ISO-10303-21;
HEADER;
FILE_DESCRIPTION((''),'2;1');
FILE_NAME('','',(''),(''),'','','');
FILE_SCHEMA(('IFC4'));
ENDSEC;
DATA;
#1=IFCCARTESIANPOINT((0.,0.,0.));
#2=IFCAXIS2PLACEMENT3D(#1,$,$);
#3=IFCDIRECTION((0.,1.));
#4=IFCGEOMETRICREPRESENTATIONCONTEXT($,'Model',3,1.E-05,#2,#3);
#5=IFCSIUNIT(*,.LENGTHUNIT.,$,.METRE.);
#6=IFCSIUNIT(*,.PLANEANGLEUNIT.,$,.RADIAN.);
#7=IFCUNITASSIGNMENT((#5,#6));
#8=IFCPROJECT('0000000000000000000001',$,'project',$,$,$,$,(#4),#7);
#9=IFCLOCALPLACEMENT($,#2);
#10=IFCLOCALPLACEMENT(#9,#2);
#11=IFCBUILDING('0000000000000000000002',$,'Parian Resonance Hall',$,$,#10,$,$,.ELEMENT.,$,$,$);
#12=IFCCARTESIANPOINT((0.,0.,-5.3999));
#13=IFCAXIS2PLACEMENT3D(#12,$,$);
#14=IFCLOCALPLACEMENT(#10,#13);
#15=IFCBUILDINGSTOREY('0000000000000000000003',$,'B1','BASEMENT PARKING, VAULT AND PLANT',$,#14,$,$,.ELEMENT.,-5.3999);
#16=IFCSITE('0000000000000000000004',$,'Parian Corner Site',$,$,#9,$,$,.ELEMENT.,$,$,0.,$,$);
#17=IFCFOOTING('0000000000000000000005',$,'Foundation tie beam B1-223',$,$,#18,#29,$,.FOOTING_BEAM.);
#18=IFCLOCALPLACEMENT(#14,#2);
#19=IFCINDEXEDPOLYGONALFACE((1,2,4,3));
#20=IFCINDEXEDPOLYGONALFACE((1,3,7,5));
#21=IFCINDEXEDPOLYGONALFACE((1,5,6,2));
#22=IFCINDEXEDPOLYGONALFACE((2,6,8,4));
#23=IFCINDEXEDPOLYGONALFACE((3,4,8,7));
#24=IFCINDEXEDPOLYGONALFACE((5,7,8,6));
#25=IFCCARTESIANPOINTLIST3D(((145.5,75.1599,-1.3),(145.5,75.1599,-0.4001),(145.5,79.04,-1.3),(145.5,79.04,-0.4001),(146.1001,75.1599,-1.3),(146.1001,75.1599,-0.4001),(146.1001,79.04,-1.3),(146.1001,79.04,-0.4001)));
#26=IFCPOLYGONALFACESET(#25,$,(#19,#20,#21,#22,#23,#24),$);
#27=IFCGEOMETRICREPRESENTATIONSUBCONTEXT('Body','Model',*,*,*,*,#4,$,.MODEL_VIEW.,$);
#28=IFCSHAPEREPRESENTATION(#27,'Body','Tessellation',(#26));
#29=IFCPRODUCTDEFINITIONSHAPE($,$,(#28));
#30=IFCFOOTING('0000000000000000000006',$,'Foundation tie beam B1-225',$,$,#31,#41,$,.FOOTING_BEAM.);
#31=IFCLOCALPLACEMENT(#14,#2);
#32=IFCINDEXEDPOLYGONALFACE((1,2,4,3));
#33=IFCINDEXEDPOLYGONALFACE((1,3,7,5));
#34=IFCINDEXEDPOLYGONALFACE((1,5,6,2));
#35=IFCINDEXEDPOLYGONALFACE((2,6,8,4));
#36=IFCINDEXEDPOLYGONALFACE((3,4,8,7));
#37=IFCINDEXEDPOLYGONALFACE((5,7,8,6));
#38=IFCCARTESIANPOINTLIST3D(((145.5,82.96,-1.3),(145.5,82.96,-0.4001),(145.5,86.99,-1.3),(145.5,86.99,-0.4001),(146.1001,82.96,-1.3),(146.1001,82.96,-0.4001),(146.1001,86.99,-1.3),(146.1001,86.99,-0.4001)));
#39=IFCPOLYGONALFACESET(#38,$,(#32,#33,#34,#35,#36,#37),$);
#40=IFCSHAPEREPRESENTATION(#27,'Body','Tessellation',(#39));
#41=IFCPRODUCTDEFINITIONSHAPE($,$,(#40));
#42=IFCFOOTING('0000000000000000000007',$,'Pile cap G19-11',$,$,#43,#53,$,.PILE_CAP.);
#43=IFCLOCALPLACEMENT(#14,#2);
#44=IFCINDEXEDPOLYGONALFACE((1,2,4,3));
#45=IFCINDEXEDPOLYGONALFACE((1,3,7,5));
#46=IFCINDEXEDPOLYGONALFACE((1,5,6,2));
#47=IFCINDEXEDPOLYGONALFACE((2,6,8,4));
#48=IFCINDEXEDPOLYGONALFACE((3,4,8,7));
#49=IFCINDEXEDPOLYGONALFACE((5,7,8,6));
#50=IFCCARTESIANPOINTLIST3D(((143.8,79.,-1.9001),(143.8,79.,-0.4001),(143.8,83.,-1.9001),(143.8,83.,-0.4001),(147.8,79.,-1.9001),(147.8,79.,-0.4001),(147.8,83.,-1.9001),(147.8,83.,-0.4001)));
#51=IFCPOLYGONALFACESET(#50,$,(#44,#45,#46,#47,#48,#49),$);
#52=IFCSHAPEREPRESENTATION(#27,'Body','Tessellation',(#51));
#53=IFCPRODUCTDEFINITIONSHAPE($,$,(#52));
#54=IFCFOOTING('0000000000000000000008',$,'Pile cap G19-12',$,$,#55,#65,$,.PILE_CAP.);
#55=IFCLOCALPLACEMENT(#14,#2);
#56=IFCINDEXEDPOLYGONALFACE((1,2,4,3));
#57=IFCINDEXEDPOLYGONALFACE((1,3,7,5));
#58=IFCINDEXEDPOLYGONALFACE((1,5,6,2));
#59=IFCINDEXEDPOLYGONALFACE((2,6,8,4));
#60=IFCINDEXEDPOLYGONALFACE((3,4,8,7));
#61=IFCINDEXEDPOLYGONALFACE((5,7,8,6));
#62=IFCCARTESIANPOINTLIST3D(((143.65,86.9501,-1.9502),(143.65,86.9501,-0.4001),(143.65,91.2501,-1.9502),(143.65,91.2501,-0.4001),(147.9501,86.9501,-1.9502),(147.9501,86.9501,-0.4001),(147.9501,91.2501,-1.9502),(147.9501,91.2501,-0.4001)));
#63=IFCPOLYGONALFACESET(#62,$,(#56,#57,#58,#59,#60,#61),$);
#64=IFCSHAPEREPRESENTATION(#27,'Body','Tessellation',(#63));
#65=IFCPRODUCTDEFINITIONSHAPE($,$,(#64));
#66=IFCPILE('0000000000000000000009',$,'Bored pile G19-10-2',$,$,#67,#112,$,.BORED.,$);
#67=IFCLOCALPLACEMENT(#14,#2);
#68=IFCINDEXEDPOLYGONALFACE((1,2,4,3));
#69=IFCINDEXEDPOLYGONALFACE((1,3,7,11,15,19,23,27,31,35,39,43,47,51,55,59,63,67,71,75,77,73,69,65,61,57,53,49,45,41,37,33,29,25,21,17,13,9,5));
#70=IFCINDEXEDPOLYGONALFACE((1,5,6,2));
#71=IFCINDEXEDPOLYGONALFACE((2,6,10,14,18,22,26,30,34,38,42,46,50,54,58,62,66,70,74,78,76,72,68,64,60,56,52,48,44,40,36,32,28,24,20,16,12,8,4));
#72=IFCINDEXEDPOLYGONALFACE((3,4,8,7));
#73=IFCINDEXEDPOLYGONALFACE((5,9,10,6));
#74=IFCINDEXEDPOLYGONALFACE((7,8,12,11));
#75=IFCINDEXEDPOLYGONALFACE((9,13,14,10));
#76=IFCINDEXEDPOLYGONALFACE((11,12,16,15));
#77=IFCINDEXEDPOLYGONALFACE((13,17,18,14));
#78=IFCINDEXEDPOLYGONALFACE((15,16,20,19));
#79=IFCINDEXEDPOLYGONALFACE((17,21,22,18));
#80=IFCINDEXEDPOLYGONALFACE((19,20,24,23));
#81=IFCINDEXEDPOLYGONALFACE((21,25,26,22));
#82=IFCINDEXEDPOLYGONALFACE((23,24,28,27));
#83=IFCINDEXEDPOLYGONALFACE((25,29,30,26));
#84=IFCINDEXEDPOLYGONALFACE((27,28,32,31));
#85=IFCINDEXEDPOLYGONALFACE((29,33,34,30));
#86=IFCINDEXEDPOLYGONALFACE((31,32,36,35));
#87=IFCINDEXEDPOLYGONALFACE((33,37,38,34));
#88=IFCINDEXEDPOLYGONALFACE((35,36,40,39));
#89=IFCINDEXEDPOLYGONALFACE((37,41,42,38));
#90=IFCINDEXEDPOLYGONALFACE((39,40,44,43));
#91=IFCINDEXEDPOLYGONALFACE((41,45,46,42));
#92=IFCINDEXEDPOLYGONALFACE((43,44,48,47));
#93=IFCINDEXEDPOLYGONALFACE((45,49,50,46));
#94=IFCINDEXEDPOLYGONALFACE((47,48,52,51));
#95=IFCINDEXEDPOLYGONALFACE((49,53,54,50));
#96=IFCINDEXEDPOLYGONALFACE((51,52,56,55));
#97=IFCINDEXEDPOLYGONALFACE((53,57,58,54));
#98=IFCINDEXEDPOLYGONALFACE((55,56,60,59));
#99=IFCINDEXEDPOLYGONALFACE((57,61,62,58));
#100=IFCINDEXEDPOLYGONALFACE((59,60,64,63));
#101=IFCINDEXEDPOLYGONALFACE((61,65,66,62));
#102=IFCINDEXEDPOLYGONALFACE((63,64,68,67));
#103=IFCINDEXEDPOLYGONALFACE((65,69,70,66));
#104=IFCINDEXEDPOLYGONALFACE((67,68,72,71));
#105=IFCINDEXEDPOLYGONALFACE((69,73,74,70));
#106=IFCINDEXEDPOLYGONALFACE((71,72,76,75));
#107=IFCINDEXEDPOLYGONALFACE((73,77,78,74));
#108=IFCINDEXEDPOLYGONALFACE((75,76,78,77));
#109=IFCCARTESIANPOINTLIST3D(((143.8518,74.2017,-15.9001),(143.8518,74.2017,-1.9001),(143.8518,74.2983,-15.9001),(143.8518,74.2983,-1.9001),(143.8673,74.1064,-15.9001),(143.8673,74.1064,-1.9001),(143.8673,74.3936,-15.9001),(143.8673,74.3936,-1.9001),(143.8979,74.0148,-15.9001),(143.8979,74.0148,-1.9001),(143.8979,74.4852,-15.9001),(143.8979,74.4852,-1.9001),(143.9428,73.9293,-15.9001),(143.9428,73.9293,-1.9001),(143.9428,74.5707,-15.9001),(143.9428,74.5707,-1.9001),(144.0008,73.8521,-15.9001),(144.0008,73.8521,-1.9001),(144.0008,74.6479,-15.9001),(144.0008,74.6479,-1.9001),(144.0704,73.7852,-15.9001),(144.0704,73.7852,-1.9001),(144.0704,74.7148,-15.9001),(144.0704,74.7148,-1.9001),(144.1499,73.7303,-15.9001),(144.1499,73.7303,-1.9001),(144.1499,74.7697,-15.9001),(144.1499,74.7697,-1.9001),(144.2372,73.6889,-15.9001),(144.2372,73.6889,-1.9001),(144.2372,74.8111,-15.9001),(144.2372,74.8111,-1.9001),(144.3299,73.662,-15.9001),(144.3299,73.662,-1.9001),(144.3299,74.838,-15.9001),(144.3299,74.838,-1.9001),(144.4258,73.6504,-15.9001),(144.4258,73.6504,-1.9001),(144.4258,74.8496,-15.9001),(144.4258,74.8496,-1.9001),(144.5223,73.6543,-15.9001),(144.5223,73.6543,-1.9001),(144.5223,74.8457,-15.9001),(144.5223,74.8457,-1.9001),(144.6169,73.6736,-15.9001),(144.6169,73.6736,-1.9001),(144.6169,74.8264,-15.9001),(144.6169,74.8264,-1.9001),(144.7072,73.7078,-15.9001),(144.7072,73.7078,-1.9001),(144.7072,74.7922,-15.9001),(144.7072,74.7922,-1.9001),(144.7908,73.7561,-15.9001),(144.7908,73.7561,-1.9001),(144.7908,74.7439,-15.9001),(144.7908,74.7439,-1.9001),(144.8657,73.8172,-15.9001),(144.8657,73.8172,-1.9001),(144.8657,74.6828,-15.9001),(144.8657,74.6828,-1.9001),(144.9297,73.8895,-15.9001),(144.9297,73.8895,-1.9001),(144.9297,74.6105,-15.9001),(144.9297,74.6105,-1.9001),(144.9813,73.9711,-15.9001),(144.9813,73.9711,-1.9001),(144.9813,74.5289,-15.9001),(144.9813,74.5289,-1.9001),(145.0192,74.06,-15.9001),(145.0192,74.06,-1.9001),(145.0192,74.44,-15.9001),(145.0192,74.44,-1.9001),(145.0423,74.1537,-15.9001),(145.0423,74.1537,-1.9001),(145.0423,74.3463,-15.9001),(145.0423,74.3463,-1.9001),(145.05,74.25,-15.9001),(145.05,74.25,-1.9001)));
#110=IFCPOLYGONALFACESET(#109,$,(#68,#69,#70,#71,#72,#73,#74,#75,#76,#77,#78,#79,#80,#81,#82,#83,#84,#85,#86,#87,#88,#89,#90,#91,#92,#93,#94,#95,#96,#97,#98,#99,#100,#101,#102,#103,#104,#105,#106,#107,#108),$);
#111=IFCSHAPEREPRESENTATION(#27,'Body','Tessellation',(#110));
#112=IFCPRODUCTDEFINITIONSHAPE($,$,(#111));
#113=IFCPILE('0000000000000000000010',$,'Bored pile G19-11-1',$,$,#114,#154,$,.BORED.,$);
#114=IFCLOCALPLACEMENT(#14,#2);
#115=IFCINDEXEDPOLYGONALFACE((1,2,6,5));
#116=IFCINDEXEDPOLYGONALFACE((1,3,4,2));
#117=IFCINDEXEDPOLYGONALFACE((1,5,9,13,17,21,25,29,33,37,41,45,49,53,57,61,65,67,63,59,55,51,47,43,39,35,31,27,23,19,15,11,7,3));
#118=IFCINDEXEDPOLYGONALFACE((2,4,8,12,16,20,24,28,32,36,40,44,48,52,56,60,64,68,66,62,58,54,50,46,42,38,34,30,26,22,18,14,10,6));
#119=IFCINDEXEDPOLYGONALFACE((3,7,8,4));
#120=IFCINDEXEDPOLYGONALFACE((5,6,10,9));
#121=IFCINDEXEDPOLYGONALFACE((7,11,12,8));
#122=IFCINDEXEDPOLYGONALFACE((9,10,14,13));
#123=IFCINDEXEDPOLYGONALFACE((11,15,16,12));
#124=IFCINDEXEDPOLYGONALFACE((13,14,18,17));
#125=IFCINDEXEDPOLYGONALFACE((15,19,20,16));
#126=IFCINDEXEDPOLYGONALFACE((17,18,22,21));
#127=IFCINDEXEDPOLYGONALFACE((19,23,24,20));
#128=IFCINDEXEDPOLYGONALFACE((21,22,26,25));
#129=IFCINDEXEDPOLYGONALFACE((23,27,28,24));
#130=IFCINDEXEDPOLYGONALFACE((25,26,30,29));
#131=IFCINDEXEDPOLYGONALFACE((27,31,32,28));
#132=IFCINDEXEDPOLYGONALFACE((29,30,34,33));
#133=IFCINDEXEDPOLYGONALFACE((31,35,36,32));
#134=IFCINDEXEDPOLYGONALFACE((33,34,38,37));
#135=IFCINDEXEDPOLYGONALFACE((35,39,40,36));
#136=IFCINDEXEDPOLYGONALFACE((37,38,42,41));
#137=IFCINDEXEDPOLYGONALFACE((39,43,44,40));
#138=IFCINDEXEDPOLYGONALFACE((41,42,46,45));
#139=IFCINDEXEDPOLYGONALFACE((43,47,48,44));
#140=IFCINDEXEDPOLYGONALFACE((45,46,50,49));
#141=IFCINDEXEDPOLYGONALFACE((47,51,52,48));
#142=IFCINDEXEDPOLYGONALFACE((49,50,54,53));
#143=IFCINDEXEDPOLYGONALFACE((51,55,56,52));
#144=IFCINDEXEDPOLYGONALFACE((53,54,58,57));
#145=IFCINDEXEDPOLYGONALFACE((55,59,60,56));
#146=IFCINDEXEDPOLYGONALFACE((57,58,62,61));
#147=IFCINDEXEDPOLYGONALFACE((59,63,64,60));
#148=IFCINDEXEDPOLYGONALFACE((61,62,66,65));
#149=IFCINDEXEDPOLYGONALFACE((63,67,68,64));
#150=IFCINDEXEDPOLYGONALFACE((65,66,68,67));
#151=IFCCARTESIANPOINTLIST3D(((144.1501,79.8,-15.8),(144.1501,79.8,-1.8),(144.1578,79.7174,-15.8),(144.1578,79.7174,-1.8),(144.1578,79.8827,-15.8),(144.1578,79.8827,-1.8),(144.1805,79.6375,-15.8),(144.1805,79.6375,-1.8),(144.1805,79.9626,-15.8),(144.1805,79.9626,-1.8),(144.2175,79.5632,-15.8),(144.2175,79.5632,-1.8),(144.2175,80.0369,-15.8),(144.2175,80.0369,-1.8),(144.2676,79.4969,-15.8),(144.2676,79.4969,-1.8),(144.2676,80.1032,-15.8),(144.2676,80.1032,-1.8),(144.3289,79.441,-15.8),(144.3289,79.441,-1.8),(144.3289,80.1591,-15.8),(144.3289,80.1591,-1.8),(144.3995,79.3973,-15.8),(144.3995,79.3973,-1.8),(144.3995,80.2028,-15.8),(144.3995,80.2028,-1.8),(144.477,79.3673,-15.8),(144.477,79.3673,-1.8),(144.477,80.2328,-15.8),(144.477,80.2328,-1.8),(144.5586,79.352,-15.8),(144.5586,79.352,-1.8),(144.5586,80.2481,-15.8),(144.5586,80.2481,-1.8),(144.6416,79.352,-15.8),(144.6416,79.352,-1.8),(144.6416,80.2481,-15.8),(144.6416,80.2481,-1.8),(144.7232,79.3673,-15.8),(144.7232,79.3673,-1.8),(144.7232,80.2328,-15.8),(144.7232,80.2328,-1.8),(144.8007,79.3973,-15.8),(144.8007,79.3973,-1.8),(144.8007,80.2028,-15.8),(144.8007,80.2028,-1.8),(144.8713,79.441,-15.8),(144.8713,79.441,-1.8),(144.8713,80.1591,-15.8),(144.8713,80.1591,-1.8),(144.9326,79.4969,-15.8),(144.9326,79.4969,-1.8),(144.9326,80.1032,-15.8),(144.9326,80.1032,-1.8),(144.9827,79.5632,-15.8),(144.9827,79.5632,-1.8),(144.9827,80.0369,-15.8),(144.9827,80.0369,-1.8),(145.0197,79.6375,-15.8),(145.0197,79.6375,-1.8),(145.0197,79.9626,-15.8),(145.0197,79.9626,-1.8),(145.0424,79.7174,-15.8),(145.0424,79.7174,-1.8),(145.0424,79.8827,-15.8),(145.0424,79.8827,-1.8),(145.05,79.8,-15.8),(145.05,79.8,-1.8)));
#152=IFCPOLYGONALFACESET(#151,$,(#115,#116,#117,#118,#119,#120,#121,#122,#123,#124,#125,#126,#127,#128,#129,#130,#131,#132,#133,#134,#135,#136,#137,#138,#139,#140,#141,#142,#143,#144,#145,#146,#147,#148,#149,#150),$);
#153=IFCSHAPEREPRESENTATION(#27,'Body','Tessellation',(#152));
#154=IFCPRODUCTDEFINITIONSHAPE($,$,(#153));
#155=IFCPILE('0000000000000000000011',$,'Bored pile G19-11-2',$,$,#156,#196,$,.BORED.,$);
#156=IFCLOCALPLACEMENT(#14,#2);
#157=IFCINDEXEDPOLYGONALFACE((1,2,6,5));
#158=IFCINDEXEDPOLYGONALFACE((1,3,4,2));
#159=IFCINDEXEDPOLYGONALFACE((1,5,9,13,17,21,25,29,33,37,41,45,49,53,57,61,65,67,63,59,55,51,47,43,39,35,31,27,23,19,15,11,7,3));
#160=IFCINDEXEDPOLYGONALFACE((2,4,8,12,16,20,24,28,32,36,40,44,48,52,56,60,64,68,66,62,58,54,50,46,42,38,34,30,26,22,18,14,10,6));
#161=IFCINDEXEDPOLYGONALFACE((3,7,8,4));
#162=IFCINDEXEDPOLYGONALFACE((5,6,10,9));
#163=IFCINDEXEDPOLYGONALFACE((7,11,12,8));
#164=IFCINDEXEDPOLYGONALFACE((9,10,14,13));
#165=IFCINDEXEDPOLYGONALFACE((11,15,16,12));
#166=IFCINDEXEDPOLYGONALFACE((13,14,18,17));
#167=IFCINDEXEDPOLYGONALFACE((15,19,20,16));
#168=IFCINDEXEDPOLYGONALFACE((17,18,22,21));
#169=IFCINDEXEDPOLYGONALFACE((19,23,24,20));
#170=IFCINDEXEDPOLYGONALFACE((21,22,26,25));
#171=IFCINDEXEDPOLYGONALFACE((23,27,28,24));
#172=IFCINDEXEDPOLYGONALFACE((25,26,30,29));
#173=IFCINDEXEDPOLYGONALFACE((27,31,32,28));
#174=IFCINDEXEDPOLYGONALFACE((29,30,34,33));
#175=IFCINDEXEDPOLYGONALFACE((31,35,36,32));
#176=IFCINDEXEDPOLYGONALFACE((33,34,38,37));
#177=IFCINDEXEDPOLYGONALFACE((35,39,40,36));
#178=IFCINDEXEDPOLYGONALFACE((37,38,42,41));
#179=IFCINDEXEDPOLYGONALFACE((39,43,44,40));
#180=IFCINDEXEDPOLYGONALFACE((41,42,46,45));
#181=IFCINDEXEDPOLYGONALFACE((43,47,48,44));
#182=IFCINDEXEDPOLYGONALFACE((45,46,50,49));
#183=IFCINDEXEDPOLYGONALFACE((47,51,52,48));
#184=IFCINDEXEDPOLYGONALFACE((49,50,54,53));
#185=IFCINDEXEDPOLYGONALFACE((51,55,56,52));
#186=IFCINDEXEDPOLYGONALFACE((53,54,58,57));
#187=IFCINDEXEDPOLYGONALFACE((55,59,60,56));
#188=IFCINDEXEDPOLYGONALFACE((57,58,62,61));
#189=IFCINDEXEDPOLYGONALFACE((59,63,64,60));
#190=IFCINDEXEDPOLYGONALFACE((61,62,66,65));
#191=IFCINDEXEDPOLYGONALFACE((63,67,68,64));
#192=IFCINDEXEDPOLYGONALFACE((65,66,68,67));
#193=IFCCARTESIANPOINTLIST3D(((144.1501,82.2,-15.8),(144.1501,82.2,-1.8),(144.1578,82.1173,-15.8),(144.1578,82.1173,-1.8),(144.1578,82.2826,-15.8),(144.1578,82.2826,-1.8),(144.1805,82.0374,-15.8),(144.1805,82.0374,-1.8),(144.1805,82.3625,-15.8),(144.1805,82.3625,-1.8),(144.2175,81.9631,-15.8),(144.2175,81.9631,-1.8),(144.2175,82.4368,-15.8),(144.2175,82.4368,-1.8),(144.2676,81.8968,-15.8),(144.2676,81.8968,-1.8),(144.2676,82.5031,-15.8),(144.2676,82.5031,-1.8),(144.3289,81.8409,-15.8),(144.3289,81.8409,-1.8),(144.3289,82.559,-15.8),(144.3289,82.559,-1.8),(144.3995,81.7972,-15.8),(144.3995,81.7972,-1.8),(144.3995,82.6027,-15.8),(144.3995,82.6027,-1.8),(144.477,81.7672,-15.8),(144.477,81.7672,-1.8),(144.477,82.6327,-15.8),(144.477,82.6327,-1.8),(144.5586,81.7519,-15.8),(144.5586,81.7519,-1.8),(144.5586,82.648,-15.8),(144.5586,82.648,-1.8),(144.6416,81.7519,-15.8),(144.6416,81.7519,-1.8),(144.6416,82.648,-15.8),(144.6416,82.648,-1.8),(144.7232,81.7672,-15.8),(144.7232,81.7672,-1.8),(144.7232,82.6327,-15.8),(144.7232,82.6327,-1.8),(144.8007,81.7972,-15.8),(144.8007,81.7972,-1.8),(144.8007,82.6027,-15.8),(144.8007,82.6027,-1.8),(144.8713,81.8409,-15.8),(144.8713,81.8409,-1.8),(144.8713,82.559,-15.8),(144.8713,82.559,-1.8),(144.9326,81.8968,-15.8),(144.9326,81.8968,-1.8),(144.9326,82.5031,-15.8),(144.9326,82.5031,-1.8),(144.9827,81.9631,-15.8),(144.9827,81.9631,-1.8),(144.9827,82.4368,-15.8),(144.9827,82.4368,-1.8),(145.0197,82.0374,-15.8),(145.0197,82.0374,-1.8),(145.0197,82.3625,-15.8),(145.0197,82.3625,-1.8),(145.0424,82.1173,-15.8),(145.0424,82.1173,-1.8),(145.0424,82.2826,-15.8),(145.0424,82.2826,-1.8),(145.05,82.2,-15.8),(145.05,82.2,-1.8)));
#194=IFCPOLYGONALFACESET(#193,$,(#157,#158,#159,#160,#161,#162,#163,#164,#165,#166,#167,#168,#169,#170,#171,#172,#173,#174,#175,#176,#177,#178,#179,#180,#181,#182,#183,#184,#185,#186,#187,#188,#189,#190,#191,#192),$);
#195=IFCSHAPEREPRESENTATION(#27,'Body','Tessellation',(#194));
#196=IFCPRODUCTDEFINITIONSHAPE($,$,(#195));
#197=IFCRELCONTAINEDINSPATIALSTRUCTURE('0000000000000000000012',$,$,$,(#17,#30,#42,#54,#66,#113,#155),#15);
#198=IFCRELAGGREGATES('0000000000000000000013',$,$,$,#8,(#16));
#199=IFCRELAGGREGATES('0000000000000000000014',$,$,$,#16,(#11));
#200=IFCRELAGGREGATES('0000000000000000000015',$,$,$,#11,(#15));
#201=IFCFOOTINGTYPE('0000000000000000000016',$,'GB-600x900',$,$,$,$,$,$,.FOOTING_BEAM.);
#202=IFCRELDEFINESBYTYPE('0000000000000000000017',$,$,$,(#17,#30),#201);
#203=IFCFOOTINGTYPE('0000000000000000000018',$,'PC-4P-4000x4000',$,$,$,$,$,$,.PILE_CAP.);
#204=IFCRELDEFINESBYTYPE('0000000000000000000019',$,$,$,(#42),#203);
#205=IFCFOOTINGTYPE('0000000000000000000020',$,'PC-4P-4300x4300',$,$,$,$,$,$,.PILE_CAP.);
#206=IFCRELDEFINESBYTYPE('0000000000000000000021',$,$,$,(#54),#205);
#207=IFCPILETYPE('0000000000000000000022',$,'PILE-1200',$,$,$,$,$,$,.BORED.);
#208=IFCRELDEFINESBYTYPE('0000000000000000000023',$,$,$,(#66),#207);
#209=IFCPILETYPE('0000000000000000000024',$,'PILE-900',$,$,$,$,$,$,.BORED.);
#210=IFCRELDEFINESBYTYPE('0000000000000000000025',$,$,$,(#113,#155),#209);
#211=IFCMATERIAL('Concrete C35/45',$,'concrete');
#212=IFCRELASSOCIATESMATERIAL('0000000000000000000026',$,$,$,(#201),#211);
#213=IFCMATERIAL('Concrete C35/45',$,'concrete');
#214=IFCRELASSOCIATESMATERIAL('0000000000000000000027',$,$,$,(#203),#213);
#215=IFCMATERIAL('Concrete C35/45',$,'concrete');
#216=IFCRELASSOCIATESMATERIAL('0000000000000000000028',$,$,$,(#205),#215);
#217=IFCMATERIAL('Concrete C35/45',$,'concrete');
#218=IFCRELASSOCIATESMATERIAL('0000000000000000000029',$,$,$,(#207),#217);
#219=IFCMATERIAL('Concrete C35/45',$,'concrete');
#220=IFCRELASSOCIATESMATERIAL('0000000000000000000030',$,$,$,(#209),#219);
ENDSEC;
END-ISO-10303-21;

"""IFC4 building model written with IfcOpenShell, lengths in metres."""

from ifc_helpers import new_model, si_unit, direction, frame, origin, origin_2d, place, context, subcontext, project, spatial, rectangle, circle, extrude, material, material_profile, profile_set, type_object, element, save


model = new_model("IFC4")

# Units and contexts
model_context = context("Model", 3, precision=1e-05, world=origin(), true_north=direction((0.0, 1.0)))
body_context = subcontext(model_context, "Body", "Model", "MODEL_VIEW")
ifc_project = project(units=[si_unit("LENGTHUNIT", "METRE"), si_unit("PLANEANGLEUNIT", "RADIAN")], contexts=[model_context])

# Site, building, storey
site_placement = place(None, origin())
site = spatial("IfcSite", under=ifc_project, at=site_placement, Name="Parian Corner Site", CompositionType="ELEMENT", RefElevation=0.0)
building_placement = place(site_placement, origin())
building = spatial("IfcBuilding", under=site, at=building_placement, Name="Parian Resonance Hall", CompositionType="ELEMENT")
storey_placement = place(building_placement, frame((0.0, 0.0, -5.3999)))
storey = spatial("IfcBuildingStorey", under=building, at=storey_placement, Name="B1", Description="BASEMENT PARKING, VAULT AND PLANT", CompositionType="ELEMENT", Elevation=-5.3999)

# Footings
ifc_material_1 = material(Name="Concrete C35/45", Category="concrete")
ifc_material_profile_1 = material_profile(ifc_material_1, rectangle(XDim=0.6001, YDim=0.8999, at=origin_2d()), Name="RC-GB-600x900")
ifc_profile_set_1 = profile_set([ifc_material_profile_1], Name="Concrete C35/45")
footing_type_1 = type_object("IfcFootingType", Name="GB-600x900", PredefinedType="FOOTING_BEAM", material=ifc_profile_set_1)
footing_1_placement = place(storey_placement, frame((145.8, 75.1599, -0.8501), z_axis=(0.0, 1.0, 0.0), x_axis=(-1.0, 0.0, 0.0)))
element("IfcFooting", 1, at=footing_1_placement, inside=storey, type_object=footing_type_1, Name="Foundation tie beam B1-223", PredefinedType="FOOTING_BEAM", context=body_context, shape_type="SweptSolid", body=[
    extrude(rectangle(XDim=0.6001, YDim=0.8999, at=origin_2d()), origin(), (0.0, 0.0, 1.0), 3.8801),
])
footing_2_placement = place(storey_placement, frame((145.8, 82.96, -0.8501), z_axis=(0.0, 1.0, 0.0), x_axis=(-1.0, 0.0, 0.0)))
element("IfcFooting", 2, at=footing_2_placement, inside=storey, type_object=footing_type_1, Name="Foundation tie beam B1-225", PredefinedType="FOOTING_BEAM", context=body_context, shape_type="SweptSolid", body=[
    extrude(rectangle(XDim=0.6001, YDim=0.8999, at=origin_2d()), origin(), (0.0, 0.0, 1.0), 4.03),
])
ifc_material_2 = material(Name="Concrete C35/45", Category="concrete")
footing_type_2 = type_object("IfcFootingType", Name="PC-4P-4000x4000", PredefinedType="PILE_CAP", material=ifc_material_2)
footing_3_placement = place(storey_placement, frame((145.8, 81.0, -1.9001), z_axis=(0.0, 0.0, 1.0), x_axis=(1.0, 0.0, 0.0)))
element("IfcFooting", 3, at=footing_3_placement, inside=storey, type_object=footing_type_2, Name="Pile cap G19-11", PredefinedType="PILE_CAP", context=body_context, shape_type="SweptSolid", body=[
    extrude(rectangle(XDim=4.0, YDim=4.0, at=origin_2d()), origin(), (0.0, 0.0, 1.0), 1.5),
])
ifc_material_3 = material(Name="Concrete C35/45", Category="concrete")
footing_type_3 = type_object("IfcFootingType", Name="PC-4P-4300x4300", PredefinedType="PILE_CAP", material=ifc_material_3)
footing_4_placement = place(storey_placement, frame((145.8, 89.1001, -1.9502), z_axis=(0.0, 0.0, 1.0), x_axis=(1.0, 0.0, 0.0)))
element("IfcFooting", 4, at=footing_4_placement, inside=storey, type_object=footing_type_3, Name="Pile cap G19-12", PredefinedType="PILE_CAP", context=body_context, shape_type="SweptSolid", body=[
    extrude(rectangle(XDim=4.3, YDim=4.3, at=origin_2d()), origin(), (0.0, 0.0, 1.0), 1.55),
])

# Piles
ifc_material_4 = material(Name="Concrete C35/45", Category="concrete")
ifc_material_profile_2 = material_profile(ifc_material_4, circle(Radius=0.6001, at=origin_2d()), Name="PILE-D1200")
ifc_profile_set_2 = profile_set([ifc_material_profile_2], Name="Concrete C35/45")
pile_type_1 = type_object("IfcPileType", Name="PILE-1200", PredefinedType="BORED", material=ifc_profile_set_2)
pile_placement = place(storey_placement, frame((144.45, 74.25, -1.9001), z_axis=(0.0, 0.0, -1.0), x_axis=(1.0, 0.0, 0.0)))
element("IfcPile", 5, at=pile_placement, inside=storey, type_object=pile_type_1, Name="Bored pile G19-10-2", PredefinedType="BORED", context=body_context, shape_type="SweptSolid", body=[
    extrude(circle(Radius=0.6001, at=origin_2d()), origin(), (0.0, 0.0, 1.0), 14.0),
])
ifc_material_5 = material(Name="Concrete C35/45", Category="concrete")
ifc_material_profile_3 = material_profile(ifc_material_5, circle(Radius=0.45, at=origin_2d()), Name="PILE-D900")
ifc_profile_set_3 = profile_set([ifc_material_profile_3], Name="Concrete C35/45")
pile_type_2 = type_object("IfcPileType", Name="PILE-900", PredefinedType="BORED", material=ifc_profile_set_3)
for number, where, z_axis, x_axis, name in (
    (6, (144.6001, 79.8, -1.8), (0.0, 0.0, -1.0), (1.0, 0.0, 0.0), "Bored pile G19-11-1"),
    (7, (144.6001, 82.2, -1.8), (0.0, 0.0, -1.0), (1.0, 0.0, 0.0), "Bored pile G19-11-2"),
):
    element("IfcPile", number, at=place(storey_placement, frame(where, z_axis=z_axis, x_axis=x_axis)), inside=storey, type_object=pile_type_2, Name=name, PredefinedType="BORED", context=body_context, shape_type="SweptSolid", body=[
        extrude(circle(Radius=0.45, at=origin_2d()), origin(), (0.0, 0.0, 1.0), 14.0),
    ])

save(model, "model.ifc")
